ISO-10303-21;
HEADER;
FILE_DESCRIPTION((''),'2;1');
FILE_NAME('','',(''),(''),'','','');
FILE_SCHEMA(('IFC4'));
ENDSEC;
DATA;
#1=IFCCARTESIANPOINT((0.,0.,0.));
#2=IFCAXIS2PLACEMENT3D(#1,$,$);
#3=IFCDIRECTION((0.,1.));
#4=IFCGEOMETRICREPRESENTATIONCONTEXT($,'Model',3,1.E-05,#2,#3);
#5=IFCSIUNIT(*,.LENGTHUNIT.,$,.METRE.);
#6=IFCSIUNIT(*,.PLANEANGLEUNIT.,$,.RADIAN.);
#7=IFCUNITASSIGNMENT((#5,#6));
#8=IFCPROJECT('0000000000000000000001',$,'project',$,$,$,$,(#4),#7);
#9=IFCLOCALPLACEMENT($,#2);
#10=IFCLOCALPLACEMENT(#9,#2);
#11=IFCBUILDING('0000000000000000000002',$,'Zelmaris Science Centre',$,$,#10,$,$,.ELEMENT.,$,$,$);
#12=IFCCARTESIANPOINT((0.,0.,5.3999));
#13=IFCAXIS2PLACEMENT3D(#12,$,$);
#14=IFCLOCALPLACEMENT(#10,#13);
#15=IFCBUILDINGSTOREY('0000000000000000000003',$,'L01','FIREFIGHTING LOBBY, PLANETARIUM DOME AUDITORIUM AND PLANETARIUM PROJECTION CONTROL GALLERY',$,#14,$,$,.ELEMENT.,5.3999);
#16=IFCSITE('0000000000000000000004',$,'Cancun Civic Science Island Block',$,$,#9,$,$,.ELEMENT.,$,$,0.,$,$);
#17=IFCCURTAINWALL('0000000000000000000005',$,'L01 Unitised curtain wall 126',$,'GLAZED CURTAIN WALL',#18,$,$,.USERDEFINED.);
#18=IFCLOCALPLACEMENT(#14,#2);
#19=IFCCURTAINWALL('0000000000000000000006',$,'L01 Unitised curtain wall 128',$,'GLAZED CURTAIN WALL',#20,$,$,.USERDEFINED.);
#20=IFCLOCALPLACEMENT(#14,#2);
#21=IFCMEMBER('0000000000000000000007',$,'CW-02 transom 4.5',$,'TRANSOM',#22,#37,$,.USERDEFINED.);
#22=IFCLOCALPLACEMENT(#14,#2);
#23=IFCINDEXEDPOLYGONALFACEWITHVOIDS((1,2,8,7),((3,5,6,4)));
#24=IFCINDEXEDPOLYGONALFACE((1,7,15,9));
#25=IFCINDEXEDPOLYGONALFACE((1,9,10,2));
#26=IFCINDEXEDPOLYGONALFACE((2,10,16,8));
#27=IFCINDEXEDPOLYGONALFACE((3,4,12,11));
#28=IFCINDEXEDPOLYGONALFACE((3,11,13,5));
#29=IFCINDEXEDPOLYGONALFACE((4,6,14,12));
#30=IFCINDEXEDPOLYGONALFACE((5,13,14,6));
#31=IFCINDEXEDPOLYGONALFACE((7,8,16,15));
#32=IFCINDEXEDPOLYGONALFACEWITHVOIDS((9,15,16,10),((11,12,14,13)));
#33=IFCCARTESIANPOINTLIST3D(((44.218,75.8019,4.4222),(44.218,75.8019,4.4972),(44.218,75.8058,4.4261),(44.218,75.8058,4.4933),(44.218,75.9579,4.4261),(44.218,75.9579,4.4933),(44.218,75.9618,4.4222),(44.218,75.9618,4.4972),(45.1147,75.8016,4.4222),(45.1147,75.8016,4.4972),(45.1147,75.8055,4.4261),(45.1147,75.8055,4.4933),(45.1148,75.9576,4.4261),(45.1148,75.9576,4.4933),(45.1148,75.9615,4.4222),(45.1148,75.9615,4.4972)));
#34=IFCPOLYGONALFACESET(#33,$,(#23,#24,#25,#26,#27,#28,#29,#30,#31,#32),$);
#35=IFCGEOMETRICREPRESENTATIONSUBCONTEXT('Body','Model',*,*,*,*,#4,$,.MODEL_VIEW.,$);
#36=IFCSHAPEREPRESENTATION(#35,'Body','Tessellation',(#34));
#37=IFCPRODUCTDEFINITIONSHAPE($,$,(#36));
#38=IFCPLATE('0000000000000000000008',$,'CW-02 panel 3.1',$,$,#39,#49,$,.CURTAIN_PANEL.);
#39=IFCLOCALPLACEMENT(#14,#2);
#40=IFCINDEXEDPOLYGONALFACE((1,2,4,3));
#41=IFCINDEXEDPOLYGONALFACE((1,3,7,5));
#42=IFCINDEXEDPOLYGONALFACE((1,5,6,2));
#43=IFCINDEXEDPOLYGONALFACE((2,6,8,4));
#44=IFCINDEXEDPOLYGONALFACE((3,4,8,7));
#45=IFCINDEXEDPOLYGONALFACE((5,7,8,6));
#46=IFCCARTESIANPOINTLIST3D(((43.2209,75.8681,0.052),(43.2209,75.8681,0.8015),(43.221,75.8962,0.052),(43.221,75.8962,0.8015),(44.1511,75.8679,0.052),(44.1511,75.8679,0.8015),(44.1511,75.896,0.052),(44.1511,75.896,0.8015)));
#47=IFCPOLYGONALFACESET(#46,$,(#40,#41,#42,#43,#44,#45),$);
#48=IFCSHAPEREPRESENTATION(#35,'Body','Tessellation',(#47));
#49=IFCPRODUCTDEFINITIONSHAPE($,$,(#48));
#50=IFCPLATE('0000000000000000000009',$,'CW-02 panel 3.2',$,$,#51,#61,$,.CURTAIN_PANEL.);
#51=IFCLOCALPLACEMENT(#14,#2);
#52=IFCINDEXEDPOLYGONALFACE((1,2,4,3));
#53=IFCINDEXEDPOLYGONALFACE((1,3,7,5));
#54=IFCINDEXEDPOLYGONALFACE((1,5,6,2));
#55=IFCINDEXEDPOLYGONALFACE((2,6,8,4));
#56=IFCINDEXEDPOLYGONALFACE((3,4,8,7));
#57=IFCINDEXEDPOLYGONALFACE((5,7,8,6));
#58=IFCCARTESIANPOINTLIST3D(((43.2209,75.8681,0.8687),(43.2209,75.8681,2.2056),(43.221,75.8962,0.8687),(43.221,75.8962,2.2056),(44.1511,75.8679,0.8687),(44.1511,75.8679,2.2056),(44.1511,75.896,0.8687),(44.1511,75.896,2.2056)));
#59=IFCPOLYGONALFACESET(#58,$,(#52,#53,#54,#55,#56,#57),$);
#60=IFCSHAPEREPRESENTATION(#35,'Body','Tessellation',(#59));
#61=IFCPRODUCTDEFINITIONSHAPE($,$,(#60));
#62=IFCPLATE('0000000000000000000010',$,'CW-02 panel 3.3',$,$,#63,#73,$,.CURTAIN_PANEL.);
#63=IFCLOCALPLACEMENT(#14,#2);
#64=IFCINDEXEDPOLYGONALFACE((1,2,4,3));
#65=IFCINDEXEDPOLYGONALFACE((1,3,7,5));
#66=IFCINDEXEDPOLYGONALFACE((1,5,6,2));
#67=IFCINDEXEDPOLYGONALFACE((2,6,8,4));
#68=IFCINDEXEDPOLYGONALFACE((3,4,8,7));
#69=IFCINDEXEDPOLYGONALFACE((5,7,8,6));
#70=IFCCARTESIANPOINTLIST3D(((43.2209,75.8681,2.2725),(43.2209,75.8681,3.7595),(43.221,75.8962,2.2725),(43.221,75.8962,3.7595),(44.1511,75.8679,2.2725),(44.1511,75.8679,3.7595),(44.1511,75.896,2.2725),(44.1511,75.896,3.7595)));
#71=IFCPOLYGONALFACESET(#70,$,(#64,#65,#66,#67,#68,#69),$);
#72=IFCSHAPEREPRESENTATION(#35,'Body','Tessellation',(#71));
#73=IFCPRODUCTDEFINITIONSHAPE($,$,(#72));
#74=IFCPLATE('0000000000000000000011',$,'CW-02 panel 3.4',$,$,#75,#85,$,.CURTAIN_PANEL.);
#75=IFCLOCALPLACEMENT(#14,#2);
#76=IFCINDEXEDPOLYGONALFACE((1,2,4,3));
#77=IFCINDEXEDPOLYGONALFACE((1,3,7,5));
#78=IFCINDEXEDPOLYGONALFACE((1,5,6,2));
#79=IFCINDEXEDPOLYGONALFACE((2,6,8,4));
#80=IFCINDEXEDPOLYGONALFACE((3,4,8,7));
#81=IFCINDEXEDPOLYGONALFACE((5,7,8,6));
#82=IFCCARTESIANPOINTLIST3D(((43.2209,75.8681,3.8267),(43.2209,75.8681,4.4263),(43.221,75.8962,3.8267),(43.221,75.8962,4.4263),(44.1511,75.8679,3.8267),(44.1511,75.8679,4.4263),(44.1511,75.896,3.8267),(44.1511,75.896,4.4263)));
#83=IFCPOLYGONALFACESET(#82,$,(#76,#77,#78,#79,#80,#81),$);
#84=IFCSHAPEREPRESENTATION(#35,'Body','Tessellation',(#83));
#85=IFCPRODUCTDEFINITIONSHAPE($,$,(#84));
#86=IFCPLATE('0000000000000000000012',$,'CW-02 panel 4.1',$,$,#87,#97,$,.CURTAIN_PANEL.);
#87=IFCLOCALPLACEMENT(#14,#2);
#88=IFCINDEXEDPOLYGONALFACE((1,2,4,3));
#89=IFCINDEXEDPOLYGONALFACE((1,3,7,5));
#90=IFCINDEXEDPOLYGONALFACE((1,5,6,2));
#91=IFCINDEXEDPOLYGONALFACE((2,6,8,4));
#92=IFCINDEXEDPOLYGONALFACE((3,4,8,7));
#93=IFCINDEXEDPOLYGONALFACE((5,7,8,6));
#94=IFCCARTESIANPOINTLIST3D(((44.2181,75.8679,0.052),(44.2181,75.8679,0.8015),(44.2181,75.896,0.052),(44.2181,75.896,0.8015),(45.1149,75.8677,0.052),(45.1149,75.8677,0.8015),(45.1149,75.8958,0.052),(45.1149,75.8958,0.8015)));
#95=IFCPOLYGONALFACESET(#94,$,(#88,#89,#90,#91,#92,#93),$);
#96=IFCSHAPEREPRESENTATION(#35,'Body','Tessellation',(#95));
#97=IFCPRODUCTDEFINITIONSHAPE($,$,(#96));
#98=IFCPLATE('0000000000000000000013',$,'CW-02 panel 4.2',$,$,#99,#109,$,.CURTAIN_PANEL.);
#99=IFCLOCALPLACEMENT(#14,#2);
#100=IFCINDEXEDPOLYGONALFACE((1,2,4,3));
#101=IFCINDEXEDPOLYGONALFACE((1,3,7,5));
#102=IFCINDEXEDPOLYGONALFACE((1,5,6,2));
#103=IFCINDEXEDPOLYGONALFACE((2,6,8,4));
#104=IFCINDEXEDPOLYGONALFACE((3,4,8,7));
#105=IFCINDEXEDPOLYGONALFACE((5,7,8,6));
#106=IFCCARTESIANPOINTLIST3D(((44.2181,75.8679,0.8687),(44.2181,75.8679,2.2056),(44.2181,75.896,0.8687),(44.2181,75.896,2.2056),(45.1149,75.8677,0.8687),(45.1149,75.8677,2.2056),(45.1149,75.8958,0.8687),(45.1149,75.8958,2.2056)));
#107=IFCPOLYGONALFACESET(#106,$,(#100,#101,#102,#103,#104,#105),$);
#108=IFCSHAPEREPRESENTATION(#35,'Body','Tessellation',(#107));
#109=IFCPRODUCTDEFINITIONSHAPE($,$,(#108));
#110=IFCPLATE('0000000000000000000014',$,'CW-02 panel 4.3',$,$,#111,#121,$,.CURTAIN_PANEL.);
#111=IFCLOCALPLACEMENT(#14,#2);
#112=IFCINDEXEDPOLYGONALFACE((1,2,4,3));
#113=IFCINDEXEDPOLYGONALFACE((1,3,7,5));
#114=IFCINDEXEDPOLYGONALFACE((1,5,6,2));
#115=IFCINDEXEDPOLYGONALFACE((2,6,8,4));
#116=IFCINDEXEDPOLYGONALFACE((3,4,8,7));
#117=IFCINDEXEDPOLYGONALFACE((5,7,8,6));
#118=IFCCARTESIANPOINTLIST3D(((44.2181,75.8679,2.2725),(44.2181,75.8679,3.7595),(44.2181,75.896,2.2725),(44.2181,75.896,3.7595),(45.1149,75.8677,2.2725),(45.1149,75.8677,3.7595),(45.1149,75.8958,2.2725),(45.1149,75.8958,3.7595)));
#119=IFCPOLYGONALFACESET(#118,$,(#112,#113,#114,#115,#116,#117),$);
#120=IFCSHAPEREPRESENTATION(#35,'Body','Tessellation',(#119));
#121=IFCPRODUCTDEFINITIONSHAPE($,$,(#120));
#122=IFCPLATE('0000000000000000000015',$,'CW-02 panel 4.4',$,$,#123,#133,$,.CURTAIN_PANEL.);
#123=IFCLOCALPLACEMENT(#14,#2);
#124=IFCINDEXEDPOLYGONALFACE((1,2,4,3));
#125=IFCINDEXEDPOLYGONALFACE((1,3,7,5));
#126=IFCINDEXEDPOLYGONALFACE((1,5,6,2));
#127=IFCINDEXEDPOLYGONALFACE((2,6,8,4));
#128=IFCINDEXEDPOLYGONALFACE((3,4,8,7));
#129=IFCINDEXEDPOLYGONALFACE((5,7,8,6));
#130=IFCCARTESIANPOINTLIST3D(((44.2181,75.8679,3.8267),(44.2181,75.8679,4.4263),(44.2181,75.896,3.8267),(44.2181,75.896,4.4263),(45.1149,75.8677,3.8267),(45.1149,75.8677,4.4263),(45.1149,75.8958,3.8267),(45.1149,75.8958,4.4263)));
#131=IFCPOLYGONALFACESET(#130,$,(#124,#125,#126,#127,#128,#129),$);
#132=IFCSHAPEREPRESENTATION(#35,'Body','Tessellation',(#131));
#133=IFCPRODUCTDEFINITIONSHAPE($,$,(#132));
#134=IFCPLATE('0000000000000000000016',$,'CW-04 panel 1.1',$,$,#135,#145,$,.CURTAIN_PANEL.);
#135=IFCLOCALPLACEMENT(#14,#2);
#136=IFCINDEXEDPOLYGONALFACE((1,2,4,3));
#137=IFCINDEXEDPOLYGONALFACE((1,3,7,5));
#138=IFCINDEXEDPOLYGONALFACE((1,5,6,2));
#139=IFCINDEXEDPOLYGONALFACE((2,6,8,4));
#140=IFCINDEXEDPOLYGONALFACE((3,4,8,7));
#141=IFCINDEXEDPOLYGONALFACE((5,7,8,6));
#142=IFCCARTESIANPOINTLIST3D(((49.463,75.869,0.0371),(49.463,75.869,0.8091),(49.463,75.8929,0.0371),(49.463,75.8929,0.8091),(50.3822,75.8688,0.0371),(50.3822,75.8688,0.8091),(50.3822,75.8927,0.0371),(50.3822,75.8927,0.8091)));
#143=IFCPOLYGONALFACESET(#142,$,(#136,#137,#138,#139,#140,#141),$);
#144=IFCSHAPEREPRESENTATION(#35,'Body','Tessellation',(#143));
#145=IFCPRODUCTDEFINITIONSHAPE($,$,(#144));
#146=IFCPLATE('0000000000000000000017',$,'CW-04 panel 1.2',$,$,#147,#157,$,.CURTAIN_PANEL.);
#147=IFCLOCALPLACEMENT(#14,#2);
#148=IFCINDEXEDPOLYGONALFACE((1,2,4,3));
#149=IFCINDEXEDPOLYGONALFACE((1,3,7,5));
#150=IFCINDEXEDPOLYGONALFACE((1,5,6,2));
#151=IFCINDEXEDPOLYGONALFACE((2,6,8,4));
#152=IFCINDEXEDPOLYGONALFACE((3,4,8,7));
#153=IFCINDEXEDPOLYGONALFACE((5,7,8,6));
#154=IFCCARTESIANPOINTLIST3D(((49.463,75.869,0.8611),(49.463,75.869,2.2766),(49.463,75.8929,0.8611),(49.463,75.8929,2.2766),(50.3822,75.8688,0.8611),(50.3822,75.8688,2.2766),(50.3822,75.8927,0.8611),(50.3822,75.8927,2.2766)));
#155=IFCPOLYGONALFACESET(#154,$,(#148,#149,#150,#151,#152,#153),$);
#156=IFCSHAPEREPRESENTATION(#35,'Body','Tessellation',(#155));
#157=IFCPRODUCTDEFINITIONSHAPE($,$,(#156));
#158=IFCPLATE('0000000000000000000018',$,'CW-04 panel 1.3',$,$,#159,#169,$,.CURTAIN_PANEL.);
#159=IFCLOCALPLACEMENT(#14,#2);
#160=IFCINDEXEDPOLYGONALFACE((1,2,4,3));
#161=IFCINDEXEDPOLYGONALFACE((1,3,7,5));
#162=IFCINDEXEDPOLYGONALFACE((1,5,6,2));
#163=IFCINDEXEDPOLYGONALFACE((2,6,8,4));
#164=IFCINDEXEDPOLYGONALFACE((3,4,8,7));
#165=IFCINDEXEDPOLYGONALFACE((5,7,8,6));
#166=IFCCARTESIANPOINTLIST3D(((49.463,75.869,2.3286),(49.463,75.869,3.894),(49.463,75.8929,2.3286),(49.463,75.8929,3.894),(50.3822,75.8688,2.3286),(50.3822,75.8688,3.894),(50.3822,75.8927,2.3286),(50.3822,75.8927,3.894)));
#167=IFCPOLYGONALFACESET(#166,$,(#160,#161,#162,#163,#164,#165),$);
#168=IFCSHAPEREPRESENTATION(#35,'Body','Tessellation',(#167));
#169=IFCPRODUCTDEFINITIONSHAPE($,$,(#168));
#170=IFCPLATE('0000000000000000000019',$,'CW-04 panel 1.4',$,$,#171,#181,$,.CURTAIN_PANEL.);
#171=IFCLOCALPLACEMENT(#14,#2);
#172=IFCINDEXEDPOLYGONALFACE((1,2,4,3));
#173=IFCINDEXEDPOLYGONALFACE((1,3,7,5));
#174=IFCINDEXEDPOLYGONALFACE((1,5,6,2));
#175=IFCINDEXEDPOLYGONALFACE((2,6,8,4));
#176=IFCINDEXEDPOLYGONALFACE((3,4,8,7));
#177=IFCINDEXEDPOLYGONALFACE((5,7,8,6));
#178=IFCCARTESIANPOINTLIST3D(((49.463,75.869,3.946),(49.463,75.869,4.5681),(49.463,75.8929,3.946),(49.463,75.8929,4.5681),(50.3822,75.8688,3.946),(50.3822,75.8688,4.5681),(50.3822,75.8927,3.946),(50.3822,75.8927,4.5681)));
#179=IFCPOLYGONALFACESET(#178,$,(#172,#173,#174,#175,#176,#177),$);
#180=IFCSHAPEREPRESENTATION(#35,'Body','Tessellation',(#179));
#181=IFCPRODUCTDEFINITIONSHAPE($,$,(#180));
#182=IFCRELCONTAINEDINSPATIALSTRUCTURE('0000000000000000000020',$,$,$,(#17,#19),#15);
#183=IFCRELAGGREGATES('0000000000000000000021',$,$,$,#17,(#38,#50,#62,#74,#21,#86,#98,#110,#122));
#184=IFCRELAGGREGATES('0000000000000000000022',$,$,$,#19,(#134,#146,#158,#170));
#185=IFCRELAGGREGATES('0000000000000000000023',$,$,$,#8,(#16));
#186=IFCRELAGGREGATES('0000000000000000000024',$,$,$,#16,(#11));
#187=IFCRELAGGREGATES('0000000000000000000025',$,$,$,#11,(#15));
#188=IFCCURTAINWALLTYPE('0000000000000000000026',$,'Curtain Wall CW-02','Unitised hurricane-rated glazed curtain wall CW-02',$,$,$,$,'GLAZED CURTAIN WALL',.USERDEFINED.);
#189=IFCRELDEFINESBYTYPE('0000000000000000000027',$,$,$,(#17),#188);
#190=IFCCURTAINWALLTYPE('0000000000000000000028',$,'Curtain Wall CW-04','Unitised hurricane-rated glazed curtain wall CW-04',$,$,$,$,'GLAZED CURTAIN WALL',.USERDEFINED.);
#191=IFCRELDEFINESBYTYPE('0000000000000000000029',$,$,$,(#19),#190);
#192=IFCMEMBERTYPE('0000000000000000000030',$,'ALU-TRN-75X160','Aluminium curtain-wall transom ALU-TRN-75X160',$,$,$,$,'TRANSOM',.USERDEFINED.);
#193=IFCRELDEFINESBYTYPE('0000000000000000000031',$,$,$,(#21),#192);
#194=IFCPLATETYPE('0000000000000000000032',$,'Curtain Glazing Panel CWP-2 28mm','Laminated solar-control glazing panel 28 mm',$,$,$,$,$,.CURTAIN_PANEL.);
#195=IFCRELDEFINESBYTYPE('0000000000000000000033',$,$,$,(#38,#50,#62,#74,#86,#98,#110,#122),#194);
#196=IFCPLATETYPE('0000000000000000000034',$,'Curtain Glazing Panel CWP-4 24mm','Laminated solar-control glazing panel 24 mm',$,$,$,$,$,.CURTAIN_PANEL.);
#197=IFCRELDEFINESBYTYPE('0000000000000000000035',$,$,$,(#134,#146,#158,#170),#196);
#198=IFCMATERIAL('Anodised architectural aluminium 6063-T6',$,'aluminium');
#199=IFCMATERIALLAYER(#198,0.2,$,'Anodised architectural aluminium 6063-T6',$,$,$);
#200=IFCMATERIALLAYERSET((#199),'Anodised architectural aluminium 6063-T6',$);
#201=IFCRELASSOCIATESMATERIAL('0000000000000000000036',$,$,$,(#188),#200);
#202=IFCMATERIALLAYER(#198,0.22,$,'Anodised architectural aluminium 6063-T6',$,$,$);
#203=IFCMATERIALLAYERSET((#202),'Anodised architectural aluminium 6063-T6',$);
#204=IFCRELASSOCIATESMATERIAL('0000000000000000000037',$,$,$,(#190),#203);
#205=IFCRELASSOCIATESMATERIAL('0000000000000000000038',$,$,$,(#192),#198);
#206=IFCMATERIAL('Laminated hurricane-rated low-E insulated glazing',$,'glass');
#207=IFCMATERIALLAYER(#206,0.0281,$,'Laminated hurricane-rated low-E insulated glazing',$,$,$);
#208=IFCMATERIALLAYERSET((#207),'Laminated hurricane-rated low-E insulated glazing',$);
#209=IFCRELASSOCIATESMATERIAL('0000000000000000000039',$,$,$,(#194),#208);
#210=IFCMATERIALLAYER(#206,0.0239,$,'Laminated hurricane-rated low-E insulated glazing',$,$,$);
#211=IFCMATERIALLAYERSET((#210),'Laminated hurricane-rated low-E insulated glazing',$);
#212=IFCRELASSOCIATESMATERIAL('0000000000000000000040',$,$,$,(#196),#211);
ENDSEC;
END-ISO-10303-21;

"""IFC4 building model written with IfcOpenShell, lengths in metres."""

from ifc_helpers import new_model, si_unit, direction, frame, origin, origin_2d, place, context, subcontext, project, spatial, rectangle, hollow_rectangle, extrude, material, layer, layer_set, material_profile, profile_set, type_object, element, aggregate, save


model = new_model("IFC4")

# Units and contexts
model_context = context("Model", 3, precision=1e-05, world=origin(), true_north=direction((0.0, 1.0)))
body_context = subcontext(model_context, "Body", "Model", "MODEL_VIEW")
ifc_project = project(units=[si_unit("LENGTHUNIT", "METRE"), si_unit("PLANEANGLEUNIT", "RADIAN")], contexts=[model_context])

# Site, building, storey
site_placement = place(None, origin())
site = spatial("IfcSite", under=ifc_project, at=site_placement, Name="Cancun Civic Science Island Block", CompositionType="ELEMENT", RefElevation=0.0)
building_placement = place(site_placement, origin())
building = spatial("IfcBuilding", under=site, at=building_placement, Name="Zelmaris Science Centre", CompositionType="ELEMENT")
storey_placement = place(building_placement, frame((0.0, 0.0, 5.3999)))
storey = spatial("IfcBuildingStorey", under=building, at=storey_placement, Name="L01", Description="FIREFIGHTING LOBBY, PLANETARIUM DOME AUDITORIUM AND PLANETARIUM PROJECTION CONTROL GALLERY", CompositionType="ELEMENT", Elevation=5.3999)

# Curtain walls
ifc_material_1 = material(Name="Anodised architectural aluminium 6063-T6", Category="aluminium")
ifc_layer_1 = layer(ifc_material_1, 0.2, Name="Anodised architectural aluminium 6063-T6")
ifc_layer_set_1 = layer_set([ifc_layer_1], Name="Anodised architectural aluminium 6063-T6")
curtain_wall_type_1 = type_object("IfcCurtainWallType", Name="Curtain Wall CW-02", Description="Unitised hurricane-rated glazed curtain wall CW-02", ElementType="GLAZED CURTAIN WALL", PredefinedType="USERDEFINED", material=ifc_layer_set_1)
curtain_wall_1_placement = place(storey_placement, origin())
curtain_wall_1 = element("IfcCurtainWall", 1, at=curtain_wall_1_placement, inside=storey, type_object=curtain_wall_type_1, Name="L01 Unitised curtain wall 126", ObjectType="GLAZED CURTAIN WALL", PredefinedType="USERDEFINED")
ifc_layer_2 = layer(ifc_material_1, 0.22, Name="Anodised architectural aluminium 6063-T6")
ifc_layer_set_2 = layer_set([ifc_layer_2], Name="Anodised architectural aluminium 6063-T6")
curtain_wall_type_2 = type_object("IfcCurtainWallType", Name="Curtain Wall CW-04", Description="Unitised hurricane-rated glazed curtain wall CW-04", ElementType="GLAZED CURTAIN WALL", PredefinedType="USERDEFINED", material=ifc_layer_set_2)
curtain_wall_2_placement = place(storey_placement, origin())
curtain_wall_2 = element("IfcCurtainWall", 2, at=curtain_wall_2_placement, inside=storey, type_object=curtain_wall_type_2, Name="L01 Unitised curtain wall 128", ObjectType="GLAZED CURTAIN WALL", PredefinedType="USERDEFINED")

# Member
ifc_material_profile_1 = material_profile(ifc_material_1, hollow_rectangle(XDim=0.075, YDim=0.1599, WallThickness=0.0039, at=origin_2d()), Name="ALU-TRN-75X160")
ifc_profile_set_1 = profile_set([ifc_material_profile_1], Name="Anodised architectural aluminium 6063-T6")
member_type_1 = type_object("IfcMemberType", Name="ALU-TRN-75X160", Description="Aluminium curtain-wall transom ALU-TRN-75X160", ElementType="TRANSOM", PredefinedType="USERDEFINED", material=ifc_profile_set_1)
member_1_placement = place(storey_placement, frame((44.218, 75.8818, 4.4597), z_axis=(1.0, -0.000272, 0.0), x_axis=(0.0, 0.0, 1.0)))
member_1 = element("IfcMember", 3, at=member_1_placement, type_object=member_type_1, Name="CW-02 transom 4.5", ObjectType="TRANSOM", PredefinedType="USERDEFINED", context=body_context, shape_type="SweptSolid", body=[
    extrude(hollow_rectangle(XDim=0.075, YDim=0.1599, WallThickness=0.0039, at=origin_2d()), origin(), (0.0, 0.0, 1.0), 0.8967),
])

# Plates
ifc_material_2 = material(Name="Laminated hurricane-rated low-E insulated glazing", Category="glass")
ifc_layer_3 = layer(ifc_material_2, 0.0281, Name="Laminated hurricane-rated low-E insulated glazing")
ifc_layer_set_3 = layer_set([ifc_layer_3], Name="Laminated hurricane-rated low-E insulated glazing")
plate_type_1 = type_object("IfcPlateType", Name="Curtain Glazing Panel CWP-2 28mm", Description="Laminated solar-control glazing panel 28 mm", PredefinedType="CURTAIN_PANEL", material=ifc_layer_set_3)
plate_1_placement = place(storey_placement, frame((43.686, 75.8821, 0.052), z_axis=(0.0, 0.0, 1.0), x_axis=(1.0, -0.000201, 0.0)))
plate_1 = element("IfcPlate", 4, at=plate_1_placement, type_object=plate_type_1, Name="CW-02 panel 3.1", PredefinedType="CURTAIN_PANEL", context=body_context, shape_type="SweptSolid", body=[
    extrude(rectangle(XDim=0.9302, YDim=0.0281, at=origin_2d()), origin(), (0.0, 0.0, 1.0), 0.7495),
])
plate_2_placement = place(storey_placement, frame((43.686, 75.8821, 0.8687), z_axis=(0.0, 0.0, 1.0), x_axis=(1.0, -0.000201, 0.0)))
plate_2 = element("IfcPlate", 5, at=plate_2_placement, type_object=plate_type_1, Name="CW-02 panel 3.2", PredefinedType="CURTAIN_PANEL", context=body_context, shape_type="SweptSolid", body=[
    extrude(rectangle(XDim=0.9302, YDim=0.0281, at=origin_2d()), origin(), (0.0, 0.0, 1.0), 1.3369),
])
plate_3_placement = place(storey_placement, frame((43.686, 75.8821, 2.2725), z_axis=(0.0, 0.0, 1.0), x_axis=(1.0, -0.000201, 0.0)))
plate_3 = element("IfcPlate", 6, at=plate_3_placement, type_object=plate_type_1, Name="CW-02 panel 3.3", PredefinedType="CURTAIN_PANEL", context=body_context, shape_type="SweptSolid", body=[
    extrude(rectangle(XDim=0.9302, YDim=0.0281, at=origin_2d()), origin(), (0.0, 0.0, 1.0), 1.4871),
])
plate_4_placement = place(storey_placement, frame((43.686, 75.8821, 3.8267), z_axis=(0.0, 0.0, 1.0), x_axis=(1.0, -0.000201, 0.0)))
plate_4 = element("IfcPlate", 7, at=plate_4_placement, type_object=plate_type_1, Name="CW-02 panel 3.4", PredefinedType="CURTAIN_PANEL", context=body_context, shape_type="SweptSolid", body=[
    extrude(rectangle(XDim=0.9302, YDim=0.0281, at=origin_2d()), origin(), (0.0, 0.0, 1.0), 0.5996),
])
plate_5_placement = place(storey_placement, frame((44.6665, 75.8818, 0.052), z_axis=(0.0, 0.0, 1.0), x_axis=(1.0, -0.000201, 0.0)))
plate_5 = element("IfcPlate", 8, at=plate_5_placement, type_object=plate_type_1, Name="CW-02 panel 4.1", PredefinedType="CURTAIN_PANEL", context=body_context, shape_type="SweptSolid", body=[
    extrude(rectangle(XDim=0.8967, YDim=0.0281, at=origin_2d()), origin(), (0.0, 0.0, 1.0), 0.7495),
])
plate_6_placement = place(storey_placement, frame((44.6665, 75.8818, 0.8687), z_axis=(0.0, 0.0, 1.0), x_axis=(1.0, -0.000201, 0.0)))
plate_6 = element("IfcPlate", 9, at=plate_6_placement, type_object=plate_type_1, Name="CW-02 panel 4.2", PredefinedType="CURTAIN_PANEL", context=body_context, shape_type="SweptSolid", body=[
    extrude(rectangle(XDim=0.8967, YDim=0.0281, at=origin_2d()), origin(), (0.0, 0.0, 1.0), 1.3369),
])
plate_7_placement = place(storey_placement, frame((44.6665, 75.8818, 2.2725), z_axis=(0.0, 0.0, 1.0), x_axis=(1.0, -0.000201, 0.0)))
plate_7 = element("IfcPlate", 10, at=plate_7_placement, type_object=plate_type_1, Name="CW-02 panel 4.3", PredefinedType="CURTAIN_PANEL", context=body_context, shape_type="SweptSolid", body=[
    extrude(rectangle(XDim=0.8967, YDim=0.0281, at=origin_2d()), origin(), (0.0, 0.0, 1.0), 1.4871),
])
plate_8_placement = place(storey_placement, frame((44.6665, 75.8818, 3.8267), z_axis=(0.0, 0.0, 1.0), x_axis=(1.0, -0.000201, 0.0)))
plate_8 = element("IfcPlate", 11, at=plate_8_placement, type_object=plate_type_1, Name="CW-02 panel 4.4", PredefinedType="CURTAIN_PANEL", context=body_context, shape_type="SweptSolid", body=[
    extrude(rectangle(XDim=0.8967, YDim=0.0281, at=origin_2d()), origin(), (0.0, 0.0, 1.0), 0.5996),
])
aggregate(curtain_wall_1, [plate_1, plate_2, plate_3, plate_4, member_1, plate_5, plate_6, plate_7, plate_8])
ifc_layer_4 = layer(ifc_material_2, 0.0239, Name="Laminated hurricane-rated low-E insulated glazing")
ifc_layer_set_4 = layer_set([ifc_layer_4], Name="Laminated hurricane-rated low-E insulated glazing")
plate_type_2 = type_object("IfcPlateType", Name="Curtain Glazing Panel CWP-4 24mm", Description="Laminated solar-control glazing panel 24 mm", PredefinedType="CURTAIN_PANEL", material=ifc_layer_set_4)
plate_9_placement = place(storey_placement, frame((49.9226, 75.8809, 0.0371), z_axis=(0.0, 0.0, 1.0), x_axis=(1.0, -0.000201, 0.0)))
plate_9 = element("IfcPlate", 12, at=plate_9_placement, type_object=plate_type_2, Name="CW-04 panel 1.1", PredefinedType="CURTAIN_PANEL", context=body_context, shape_type="SweptSolid", body=[
    extrude(rectangle(XDim=0.9192, YDim=0.0239, at=origin_2d()), origin(), (0.0, 0.0, 1.0), 0.772),
])
plate_10_placement = place(storey_placement, frame((49.9226, 75.8809, 0.8611), z_axis=(0.0, 0.0, 1.0), x_axis=(1.0, -0.000201, 0.0)))
plate_10 = element("IfcPlate", 13, at=plate_10_placement, type_object=plate_type_2, Name="CW-04 panel 1.2", PredefinedType="CURTAIN_PANEL", context=body_context, shape_type="SweptSolid", body=[
    extrude(rectangle(XDim=0.9192, YDim=0.0239, at=origin_2d()), origin(), (0.0, 0.0, 1.0), 1.4155),
])
plate_11_placement = place(storey_placement, frame((49.9226, 75.8809, 2.3286), z_axis=(0.0, 0.0, 1.0), x_axis=(1.0, -0.000201, 0.0)))
plate_11 = element("IfcPlate", 14, at=plate_11_placement, type_object=plate_type_2, Name="CW-04 panel 1.3", PredefinedType="CURTAIN_PANEL", context=body_context, shape_type="SweptSolid", body=[
    extrude(rectangle(XDim=0.9192, YDim=0.0239, at=origin_2d()), origin(), (0.0, 0.0, 1.0), 1.5654),
])
plate_12_placement = place(storey_placement, frame((49.9226, 75.8809, 3.946), z_axis=(0.0, 0.0, 1.0), x_axis=(1.0, -0.000201, 0.0)))
plate_12 = element("IfcPlate", 15, at=plate_12_placement, type_object=plate_type_2, Name="CW-04 panel 1.4", PredefinedType="CURTAIN_PANEL", context=body_context, shape_type="SweptSolid", body=[
    extrude(rectangle(XDim=0.9192, YDim=0.0239, at=origin_2d()), origin(), (0.0, 0.0, 1.0), 0.6221),
])
aggregate(curtain_wall_2, [plate_9, plate_10, plate_11, plate_12])

save(model, "model.ifc")
